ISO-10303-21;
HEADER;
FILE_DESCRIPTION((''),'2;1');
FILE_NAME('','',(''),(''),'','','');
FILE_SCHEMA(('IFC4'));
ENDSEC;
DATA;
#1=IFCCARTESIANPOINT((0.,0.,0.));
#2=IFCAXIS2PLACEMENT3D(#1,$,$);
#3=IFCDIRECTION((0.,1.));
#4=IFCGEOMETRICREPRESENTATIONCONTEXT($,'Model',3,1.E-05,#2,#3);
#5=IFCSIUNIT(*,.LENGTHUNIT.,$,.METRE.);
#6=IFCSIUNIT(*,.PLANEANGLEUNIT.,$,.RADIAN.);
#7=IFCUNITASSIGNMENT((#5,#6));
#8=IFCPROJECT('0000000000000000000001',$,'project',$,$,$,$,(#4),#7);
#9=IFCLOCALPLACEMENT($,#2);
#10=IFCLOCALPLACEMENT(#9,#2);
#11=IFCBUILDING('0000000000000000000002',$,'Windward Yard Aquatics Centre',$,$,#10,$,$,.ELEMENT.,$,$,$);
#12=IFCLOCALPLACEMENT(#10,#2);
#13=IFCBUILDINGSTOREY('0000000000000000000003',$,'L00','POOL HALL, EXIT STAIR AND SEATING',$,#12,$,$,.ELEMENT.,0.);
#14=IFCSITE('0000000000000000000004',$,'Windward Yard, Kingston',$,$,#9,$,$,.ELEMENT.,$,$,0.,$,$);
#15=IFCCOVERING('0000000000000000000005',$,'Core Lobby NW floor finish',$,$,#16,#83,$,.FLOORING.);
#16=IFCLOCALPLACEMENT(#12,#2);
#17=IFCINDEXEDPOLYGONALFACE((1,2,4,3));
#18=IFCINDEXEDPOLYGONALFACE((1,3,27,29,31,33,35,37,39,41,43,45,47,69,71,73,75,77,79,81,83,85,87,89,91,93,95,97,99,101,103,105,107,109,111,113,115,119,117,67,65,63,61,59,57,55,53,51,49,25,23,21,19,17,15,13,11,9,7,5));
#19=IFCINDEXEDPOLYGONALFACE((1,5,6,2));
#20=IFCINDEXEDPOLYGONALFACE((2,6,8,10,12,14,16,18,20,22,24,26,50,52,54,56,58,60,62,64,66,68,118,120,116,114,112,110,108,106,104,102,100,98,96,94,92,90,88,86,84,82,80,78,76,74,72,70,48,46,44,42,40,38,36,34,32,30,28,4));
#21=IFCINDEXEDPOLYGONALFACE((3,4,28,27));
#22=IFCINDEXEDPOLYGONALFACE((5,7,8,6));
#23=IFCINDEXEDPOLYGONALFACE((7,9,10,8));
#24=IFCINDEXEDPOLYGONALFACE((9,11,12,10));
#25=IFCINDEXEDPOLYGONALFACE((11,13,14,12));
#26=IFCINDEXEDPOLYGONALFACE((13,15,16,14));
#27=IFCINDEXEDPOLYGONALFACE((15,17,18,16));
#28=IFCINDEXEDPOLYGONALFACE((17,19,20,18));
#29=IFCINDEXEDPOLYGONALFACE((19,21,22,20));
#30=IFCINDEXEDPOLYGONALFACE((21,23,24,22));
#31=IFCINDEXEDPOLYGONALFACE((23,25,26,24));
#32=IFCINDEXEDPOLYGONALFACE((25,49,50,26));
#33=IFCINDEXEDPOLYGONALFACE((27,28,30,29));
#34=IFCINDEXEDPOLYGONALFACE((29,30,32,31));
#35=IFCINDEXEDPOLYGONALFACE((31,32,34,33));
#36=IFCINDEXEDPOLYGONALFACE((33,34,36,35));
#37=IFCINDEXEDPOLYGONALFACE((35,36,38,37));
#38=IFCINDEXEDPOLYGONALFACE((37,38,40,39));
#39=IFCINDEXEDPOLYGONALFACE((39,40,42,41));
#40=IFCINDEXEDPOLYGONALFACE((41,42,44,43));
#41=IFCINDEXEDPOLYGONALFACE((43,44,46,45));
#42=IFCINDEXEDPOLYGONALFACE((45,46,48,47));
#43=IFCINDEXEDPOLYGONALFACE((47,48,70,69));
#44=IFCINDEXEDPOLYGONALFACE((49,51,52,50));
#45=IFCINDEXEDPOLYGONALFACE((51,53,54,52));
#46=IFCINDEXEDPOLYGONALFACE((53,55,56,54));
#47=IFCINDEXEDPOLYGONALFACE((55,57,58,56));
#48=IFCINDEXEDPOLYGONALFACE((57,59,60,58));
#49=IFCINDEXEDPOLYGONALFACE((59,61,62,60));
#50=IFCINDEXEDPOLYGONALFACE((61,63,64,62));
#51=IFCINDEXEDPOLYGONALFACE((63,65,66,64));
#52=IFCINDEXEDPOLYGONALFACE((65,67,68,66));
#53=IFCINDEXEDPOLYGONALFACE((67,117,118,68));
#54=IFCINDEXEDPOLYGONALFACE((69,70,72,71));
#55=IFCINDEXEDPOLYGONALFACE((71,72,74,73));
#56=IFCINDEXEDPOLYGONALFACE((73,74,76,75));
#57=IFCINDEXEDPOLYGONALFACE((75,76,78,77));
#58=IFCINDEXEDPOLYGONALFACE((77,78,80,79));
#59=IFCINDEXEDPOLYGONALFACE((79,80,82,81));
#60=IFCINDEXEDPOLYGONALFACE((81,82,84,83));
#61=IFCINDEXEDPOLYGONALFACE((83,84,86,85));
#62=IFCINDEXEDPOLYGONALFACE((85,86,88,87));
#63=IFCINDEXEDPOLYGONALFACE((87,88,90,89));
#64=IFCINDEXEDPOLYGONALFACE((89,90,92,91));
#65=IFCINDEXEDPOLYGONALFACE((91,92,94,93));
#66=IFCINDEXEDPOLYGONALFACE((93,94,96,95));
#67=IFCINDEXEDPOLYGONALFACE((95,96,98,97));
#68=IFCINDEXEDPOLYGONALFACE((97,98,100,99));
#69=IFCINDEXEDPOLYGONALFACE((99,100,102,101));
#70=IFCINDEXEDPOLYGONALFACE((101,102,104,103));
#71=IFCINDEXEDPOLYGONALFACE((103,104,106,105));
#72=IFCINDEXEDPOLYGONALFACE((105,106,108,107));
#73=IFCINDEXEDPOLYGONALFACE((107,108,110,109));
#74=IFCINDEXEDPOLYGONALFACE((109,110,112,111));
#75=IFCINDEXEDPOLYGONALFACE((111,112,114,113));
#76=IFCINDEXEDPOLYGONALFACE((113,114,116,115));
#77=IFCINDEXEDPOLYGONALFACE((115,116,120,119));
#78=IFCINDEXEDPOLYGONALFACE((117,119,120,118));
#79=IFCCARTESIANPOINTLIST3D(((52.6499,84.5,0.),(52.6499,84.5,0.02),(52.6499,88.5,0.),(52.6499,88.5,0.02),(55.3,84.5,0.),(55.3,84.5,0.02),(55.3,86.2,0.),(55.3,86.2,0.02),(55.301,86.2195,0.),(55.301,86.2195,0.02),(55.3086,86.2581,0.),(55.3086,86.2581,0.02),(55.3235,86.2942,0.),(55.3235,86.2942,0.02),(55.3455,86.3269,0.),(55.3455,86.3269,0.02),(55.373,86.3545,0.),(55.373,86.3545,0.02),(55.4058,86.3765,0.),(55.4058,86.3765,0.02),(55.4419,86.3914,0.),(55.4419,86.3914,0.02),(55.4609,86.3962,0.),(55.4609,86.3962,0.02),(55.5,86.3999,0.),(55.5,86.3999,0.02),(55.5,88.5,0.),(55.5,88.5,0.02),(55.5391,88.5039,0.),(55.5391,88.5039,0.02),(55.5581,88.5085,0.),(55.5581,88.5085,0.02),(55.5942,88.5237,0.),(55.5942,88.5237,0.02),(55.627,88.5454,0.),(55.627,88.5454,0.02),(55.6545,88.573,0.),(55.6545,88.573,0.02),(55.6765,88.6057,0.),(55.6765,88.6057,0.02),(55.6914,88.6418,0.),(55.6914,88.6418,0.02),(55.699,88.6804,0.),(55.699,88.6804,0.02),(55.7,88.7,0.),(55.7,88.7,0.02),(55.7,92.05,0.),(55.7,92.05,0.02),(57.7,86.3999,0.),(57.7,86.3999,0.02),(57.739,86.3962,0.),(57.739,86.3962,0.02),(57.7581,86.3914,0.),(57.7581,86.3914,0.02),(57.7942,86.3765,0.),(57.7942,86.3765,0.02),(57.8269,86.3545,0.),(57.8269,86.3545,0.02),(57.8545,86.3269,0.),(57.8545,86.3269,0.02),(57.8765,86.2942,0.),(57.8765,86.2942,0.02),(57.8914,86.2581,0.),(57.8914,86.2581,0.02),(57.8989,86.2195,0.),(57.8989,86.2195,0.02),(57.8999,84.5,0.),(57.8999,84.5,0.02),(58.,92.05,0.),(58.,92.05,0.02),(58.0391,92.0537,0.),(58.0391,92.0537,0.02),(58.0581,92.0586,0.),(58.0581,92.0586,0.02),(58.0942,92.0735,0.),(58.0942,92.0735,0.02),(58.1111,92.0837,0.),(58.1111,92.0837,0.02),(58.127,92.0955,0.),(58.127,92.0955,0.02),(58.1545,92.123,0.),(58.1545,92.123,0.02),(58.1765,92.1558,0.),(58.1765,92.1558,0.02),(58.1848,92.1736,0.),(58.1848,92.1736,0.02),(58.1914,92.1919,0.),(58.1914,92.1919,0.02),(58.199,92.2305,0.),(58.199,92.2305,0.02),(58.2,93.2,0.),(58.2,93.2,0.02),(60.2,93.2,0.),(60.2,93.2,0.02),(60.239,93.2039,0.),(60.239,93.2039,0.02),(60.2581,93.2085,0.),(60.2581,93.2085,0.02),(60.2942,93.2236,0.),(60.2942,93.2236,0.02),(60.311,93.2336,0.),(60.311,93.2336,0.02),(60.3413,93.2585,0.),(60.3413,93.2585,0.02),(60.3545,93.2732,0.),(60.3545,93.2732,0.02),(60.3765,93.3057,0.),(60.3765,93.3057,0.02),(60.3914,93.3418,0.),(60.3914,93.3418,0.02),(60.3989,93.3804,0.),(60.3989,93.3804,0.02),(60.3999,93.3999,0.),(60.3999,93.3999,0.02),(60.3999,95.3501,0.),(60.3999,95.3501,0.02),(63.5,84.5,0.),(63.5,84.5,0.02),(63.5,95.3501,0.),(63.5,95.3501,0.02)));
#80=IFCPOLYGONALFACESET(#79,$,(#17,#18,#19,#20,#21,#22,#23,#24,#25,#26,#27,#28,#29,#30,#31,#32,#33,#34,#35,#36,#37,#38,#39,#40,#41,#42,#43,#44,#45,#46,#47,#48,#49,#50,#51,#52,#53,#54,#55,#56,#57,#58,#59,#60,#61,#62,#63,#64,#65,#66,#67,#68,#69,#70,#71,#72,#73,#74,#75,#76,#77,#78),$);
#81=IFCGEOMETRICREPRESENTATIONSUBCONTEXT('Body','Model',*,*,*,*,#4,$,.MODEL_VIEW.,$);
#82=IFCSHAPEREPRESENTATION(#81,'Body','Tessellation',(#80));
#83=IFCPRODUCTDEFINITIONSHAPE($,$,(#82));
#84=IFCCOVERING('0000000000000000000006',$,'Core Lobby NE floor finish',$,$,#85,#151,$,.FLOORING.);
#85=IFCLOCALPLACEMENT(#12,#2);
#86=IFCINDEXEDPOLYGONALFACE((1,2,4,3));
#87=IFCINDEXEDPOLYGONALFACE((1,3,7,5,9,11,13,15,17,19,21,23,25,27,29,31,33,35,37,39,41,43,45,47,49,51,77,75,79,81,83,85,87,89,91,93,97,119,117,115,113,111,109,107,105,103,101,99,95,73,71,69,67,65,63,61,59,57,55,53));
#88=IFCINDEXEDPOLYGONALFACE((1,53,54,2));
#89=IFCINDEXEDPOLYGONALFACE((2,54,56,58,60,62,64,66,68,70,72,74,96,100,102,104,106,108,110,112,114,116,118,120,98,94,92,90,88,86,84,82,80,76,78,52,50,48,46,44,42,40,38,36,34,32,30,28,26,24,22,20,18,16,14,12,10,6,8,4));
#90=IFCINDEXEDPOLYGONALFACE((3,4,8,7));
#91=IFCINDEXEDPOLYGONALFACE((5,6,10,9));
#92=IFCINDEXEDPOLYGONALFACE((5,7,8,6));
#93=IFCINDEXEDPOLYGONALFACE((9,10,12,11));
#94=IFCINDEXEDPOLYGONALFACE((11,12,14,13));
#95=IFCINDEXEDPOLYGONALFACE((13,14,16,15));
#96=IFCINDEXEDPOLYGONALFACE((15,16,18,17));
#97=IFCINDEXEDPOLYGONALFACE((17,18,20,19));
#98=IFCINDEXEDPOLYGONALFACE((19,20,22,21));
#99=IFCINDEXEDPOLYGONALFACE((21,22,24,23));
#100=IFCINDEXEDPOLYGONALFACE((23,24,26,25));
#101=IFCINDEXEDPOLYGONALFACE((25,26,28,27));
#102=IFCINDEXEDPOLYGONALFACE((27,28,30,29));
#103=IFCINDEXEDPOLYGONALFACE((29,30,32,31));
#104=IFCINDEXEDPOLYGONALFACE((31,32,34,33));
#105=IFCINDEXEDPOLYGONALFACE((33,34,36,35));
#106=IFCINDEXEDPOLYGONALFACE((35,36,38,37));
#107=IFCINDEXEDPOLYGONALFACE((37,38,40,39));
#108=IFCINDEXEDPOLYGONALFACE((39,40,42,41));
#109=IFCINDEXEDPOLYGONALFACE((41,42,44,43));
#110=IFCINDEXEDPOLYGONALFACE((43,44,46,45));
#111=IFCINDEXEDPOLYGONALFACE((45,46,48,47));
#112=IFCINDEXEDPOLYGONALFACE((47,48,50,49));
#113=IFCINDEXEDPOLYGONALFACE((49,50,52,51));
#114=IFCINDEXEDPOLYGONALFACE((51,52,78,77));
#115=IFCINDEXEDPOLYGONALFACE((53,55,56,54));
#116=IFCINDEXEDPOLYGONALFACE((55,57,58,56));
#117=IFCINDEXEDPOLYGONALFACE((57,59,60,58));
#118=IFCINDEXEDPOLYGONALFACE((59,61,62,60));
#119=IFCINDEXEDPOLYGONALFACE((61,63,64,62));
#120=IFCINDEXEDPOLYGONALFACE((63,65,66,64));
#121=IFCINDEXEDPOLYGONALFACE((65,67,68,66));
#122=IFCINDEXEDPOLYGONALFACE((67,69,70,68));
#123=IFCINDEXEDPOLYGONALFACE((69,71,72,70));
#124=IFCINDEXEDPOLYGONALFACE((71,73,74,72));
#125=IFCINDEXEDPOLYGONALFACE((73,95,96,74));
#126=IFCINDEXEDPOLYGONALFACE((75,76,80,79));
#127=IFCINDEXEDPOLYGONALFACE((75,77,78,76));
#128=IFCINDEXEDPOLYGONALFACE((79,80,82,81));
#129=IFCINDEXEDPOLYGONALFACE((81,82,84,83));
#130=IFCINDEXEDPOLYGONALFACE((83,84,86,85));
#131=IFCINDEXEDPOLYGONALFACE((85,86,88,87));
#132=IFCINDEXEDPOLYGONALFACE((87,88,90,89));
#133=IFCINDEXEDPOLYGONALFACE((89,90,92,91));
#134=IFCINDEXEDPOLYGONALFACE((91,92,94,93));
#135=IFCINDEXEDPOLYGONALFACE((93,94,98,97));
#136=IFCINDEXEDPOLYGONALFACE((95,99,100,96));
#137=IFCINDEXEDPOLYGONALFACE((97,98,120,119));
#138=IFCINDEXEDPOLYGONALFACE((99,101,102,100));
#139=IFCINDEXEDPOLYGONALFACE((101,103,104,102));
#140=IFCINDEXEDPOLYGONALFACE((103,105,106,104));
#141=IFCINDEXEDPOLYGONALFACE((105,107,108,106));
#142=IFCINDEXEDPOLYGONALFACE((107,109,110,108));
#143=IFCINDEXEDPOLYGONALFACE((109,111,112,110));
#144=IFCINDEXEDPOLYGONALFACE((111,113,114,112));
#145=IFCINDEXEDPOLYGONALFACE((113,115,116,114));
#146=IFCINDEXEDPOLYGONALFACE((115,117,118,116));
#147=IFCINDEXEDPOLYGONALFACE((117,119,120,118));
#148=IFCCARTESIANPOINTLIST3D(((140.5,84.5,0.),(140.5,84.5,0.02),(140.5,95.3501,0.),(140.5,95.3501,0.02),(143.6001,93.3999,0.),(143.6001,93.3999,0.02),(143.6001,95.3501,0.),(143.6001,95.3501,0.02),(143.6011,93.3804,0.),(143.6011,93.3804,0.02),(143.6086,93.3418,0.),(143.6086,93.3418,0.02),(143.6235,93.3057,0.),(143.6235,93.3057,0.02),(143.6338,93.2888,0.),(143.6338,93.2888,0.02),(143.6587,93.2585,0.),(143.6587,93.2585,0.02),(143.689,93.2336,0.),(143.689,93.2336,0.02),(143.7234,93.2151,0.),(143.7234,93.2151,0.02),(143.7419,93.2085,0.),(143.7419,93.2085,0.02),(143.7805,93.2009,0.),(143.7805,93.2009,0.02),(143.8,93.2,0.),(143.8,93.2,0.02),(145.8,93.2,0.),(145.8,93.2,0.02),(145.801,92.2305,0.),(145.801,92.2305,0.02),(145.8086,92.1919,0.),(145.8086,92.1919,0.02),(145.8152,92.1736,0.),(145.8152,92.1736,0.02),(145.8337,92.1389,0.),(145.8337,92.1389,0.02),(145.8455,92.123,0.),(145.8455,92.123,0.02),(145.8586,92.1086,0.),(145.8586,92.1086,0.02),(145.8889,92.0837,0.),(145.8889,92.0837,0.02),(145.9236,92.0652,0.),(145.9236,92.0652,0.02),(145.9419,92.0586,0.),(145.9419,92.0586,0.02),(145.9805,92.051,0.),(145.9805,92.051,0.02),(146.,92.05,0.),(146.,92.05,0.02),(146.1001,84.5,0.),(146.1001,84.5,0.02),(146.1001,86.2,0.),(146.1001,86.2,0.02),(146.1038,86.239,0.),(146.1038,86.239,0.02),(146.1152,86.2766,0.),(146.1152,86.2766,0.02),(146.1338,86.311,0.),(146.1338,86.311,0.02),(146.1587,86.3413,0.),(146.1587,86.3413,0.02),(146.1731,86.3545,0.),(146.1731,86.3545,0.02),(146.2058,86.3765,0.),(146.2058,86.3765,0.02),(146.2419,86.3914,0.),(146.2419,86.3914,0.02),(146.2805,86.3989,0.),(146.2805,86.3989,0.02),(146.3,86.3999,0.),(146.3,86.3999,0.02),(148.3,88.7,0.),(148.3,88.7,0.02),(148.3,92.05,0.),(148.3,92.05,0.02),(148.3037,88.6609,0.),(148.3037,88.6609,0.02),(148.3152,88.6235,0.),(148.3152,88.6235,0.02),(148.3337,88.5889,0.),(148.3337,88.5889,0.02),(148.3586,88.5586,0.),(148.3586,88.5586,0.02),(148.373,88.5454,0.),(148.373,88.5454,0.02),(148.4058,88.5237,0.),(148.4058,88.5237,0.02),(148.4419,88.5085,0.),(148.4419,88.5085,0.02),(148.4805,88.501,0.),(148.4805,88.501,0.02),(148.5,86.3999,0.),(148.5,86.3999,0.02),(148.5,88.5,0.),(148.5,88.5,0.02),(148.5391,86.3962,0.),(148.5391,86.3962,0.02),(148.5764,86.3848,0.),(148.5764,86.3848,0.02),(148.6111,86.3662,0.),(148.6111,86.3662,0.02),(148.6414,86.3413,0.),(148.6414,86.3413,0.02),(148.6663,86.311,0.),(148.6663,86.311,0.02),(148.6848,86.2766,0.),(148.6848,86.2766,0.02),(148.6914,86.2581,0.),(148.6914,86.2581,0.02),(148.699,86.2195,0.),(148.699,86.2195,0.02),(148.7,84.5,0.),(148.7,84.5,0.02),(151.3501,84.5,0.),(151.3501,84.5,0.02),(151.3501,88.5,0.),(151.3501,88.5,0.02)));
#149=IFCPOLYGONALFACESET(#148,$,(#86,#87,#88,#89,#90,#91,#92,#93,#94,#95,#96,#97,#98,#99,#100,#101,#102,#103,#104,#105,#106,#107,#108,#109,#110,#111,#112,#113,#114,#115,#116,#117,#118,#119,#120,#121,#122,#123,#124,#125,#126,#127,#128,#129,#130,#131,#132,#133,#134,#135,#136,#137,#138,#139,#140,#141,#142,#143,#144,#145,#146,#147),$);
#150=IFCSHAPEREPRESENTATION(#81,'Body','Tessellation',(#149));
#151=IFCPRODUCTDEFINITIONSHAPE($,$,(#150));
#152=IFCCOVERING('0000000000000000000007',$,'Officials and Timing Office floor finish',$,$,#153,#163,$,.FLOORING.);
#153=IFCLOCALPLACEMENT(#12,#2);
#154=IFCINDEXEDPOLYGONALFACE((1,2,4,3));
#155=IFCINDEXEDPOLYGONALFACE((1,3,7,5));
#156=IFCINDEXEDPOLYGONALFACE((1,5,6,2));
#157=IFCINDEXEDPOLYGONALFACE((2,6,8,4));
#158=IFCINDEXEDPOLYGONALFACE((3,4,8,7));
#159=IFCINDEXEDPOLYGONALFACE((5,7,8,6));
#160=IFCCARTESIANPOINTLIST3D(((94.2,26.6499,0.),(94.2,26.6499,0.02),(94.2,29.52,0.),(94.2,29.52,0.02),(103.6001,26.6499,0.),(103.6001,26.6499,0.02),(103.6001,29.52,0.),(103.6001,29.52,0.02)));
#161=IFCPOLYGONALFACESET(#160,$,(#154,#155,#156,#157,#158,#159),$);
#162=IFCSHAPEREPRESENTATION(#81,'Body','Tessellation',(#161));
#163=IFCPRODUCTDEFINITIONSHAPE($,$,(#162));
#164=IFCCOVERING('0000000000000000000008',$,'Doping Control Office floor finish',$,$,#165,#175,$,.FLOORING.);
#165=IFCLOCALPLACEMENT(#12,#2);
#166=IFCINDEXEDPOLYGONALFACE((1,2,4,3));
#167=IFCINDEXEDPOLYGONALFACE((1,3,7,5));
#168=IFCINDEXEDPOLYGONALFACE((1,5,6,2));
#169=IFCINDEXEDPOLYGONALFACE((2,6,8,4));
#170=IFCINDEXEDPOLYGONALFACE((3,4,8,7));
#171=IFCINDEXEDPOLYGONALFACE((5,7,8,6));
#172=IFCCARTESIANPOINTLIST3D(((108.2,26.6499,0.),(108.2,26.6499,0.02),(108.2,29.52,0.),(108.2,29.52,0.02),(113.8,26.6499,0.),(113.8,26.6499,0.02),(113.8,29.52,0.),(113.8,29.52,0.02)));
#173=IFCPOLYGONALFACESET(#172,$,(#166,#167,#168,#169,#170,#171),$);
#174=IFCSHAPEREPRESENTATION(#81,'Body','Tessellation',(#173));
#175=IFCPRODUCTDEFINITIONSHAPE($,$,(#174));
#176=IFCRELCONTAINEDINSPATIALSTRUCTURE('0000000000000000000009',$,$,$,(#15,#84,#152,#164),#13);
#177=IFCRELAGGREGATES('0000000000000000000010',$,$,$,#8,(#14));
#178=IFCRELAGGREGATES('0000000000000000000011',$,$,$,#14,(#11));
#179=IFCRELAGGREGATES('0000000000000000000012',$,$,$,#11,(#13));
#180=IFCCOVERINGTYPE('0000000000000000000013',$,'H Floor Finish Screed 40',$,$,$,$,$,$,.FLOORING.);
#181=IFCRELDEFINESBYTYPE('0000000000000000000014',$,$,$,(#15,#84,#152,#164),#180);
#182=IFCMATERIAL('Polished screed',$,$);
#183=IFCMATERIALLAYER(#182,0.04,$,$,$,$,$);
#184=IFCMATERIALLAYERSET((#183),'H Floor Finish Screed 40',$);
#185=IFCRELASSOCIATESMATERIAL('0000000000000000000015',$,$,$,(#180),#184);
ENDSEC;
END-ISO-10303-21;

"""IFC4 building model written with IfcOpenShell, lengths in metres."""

from ifc_helpers import new_model, si_unit, direction, origin, place, context, subcontext, project, spatial, polyline, outline, extrude, material, layer, layer_set, type_object, element, save


model = new_model("IFC4")

# Units and contexts
model_context = context("Model", 3, precision=1e-05, world=origin(), true_north=direction((0.0, 1.0)))
body_context = subcontext(model_context, "Body", "Model", "MODEL_VIEW")
ifc_project = project(units=[si_unit("LENGTHUNIT", "METRE"), si_unit("PLANEANGLEUNIT", "RADIAN")], contexts=[model_context])

# Site, building, storey
site_placement = place(None, origin())
site = spatial("IfcSite", under=ifc_project, at=site_placement, Name="Windward Yard, Kingston", CompositionType="ELEMENT", RefElevation=0.0)
building_placement = place(site_placement, origin())
building = spatial("IfcBuilding", under=site, at=building_placement, Name="Windward Yard Aquatics Centre", CompositionType="ELEMENT")
storey_placement = place(building_placement, origin())
storey = spatial("IfcBuildingStorey", under=building, at=storey_placement, Name="L00", Description="POOL HALL, EXIT STAIR AND SEATING", CompositionType="ELEMENT", Elevation=0.0)

# Coverings
ifc_material_1 = material(Name="Polished screed")
ifc_layer_1 = layer(ifc_material_1, 0.04)
ifc_layer_set_1 = layer_set([ifc_layer_1], Name="H Floor Finish Screed 40")
covering_type_1 = type_object("IfcCoveringType", Name="H Floor Finish Screed 40", PredefinedType="FLOORING", material=ifc_layer_set_1)
covering_1_placement = place(storey_placement, origin())
element("IfcCovering", 1, at=covering_1_placement, inside=storey, type_object=covering_type_1, Name="Core Lobby NW floor finish", PredefinedType="FLOORING", context=body_context, shape_type="SweptSolid", body=[
    extrude(outline(polyline([(52.6499, 84.5), (52.6499, 88.5), (55.5, 88.5), (55.5391, 88.5039), (55.5581, 88.5085), (55.5942, 88.5237), (55.627, 88.5454), (55.6545, 88.573), (55.6765, 88.6057), (55.6914, 88.6418), (55.699, 88.6804), (55.7, 88.7), (55.7, 92.05), (58.0, 92.05), (58.0391, 92.0537), (58.0581, 92.0586), (58.0942, 92.0735), (58.1111, 92.0837), (58.127, 92.0955), (58.1545, 92.123), (58.1765, 92.1558), (58.1848, 92.1736), (58.1914, 92.1919), (58.199, 92.2305), (58.2, 93.2), (60.2, 93.2), (60.239, 93.2039), (60.2581, 93.2085), (60.2942, 93.2236), (60.311, 93.2336), (60.3413, 93.2585), (60.3545, 93.2732), (60.3765, 93.3057), (60.3914, 93.3418), (60.3989, 93.3804), (60.3999, 93.3999), (60.3999, 95.3501), (63.5, 95.3501), (63.5, 84.5), (57.8999, 84.5), (57.8989, 86.2195), (57.8914, 86.2581), (57.8765, 86.2942), (57.8545, 86.3269), (57.8269, 86.3545), (57.7942, 86.3765), (57.7581, 86.3914), (57.739, 86.3962), (57.7, 86.3999), (55.5, 86.3999), (55.4609, 86.3962), (55.4419, 86.3914), (55.4058, 86.3765), (55.373, 86.3545), (55.3455, 86.3269), (55.3235, 86.2942), (55.3086, 86.2581), (55.301, 86.2195), (55.3, 86.2), (55.3, 84.5), (52.6499, 84.5)])), origin(), (0.0, 0.0, 1.0), 0.02),
])
covering_2_placement = place(storey_placement, origin())
element("IfcCovering", 2, at=covering_2_placement, inside=storey, type_object=covering_type_1, Name="Core Lobby NE floor finish", PredefinedType="FLOORING", context=body_context, shape_type="SweptSolid", body=[
    extrude(outline(polyline([(140.5, 84.5), (140.5, 95.3501), (143.6001, 95.3501), (143.6001, 93.3999), (143.6011, 93.3804), (143.6086, 93.3418), (143.6235, 93.3057), (143.6338, 93.2888), (143.6587, 93.2585), (143.689, 93.2336), (143.7234, 93.2151), (143.7419, 93.2085), (143.7805, 93.2009), (143.8, 93.2), (145.8, 93.2), (145.801, 92.2305), (145.8086, 92.1919), (145.8152, 92.1736), (145.8337, 92.1389), (145.8455, 92.123), (145.8586, 92.1086), (145.8889, 92.0837), (145.9236, 92.0652), (145.9419, 92.0586), (145.9805, 92.051), (146.0, 92.05), (148.3, 92.05), (148.3, 88.7), (148.3037, 88.6609), (148.3152, 88.6235), (148.3337, 88.5889), (148.3586, 88.5586), (148.373, 88.5454), (148.4058, 88.5237), (148.4419, 88.5085), (148.4805, 88.501), (148.5, 88.5), (151.3501, 88.5), (151.3501, 84.5), (148.7, 84.5), (148.699, 86.2195), (148.6914, 86.2581), (148.6848, 86.2766), (148.6663, 86.311), (148.6414, 86.3413), (148.6111, 86.3662), (148.5764, 86.3848), (148.5391, 86.3962), (148.5, 86.3999), (146.3, 86.3999), (146.2805, 86.3989), (146.2419, 86.3914), (146.2058, 86.3765), (146.1731, 86.3545), (146.1587, 86.3413), (146.1338, 86.311), (146.1152, 86.2766), (146.1038, 86.239), (146.1001, 86.2), (146.1001, 84.5), (140.5, 84.5)])), origin(), (0.0, 0.0, 1.0), 0.02),
])
covering_3_placement = place(storey_placement, origin())
element("IfcCovering", 3, at=covering_3_placement, inside=storey, type_object=covering_type_1, Name="Officials and Timing Office floor finish", PredefinedType="FLOORING", context=body_context, shape_type="SweptSolid", body=[
    extrude(outline(polyline([(94.2, 26.6499), (94.2, 29.52), (103.6001, 29.52), (103.6001, 26.6499), (94.2, 26.6499)])), origin(), (0.0, 0.0, 1.0), 0.02),
])
covering_4_placement = place(storey_placement, origin())
element("IfcCovering", 4, at=covering_4_placement, inside=storey, type_object=covering_type_1, Name="Doping Control Office floor finish", PredefinedType="FLOORING", context=body_context, shape_type="SweptSolid", body=[
    extrude(outline(polyline([(108.2, 26.6499), (108.2, 29.52), (113.8, 29.52), (113.8, 26.6499), (108.2, 26.6499)])), origin(), (0.0, 0.0, 1.0), 0.02),
])

save(model, "model.ifc")
